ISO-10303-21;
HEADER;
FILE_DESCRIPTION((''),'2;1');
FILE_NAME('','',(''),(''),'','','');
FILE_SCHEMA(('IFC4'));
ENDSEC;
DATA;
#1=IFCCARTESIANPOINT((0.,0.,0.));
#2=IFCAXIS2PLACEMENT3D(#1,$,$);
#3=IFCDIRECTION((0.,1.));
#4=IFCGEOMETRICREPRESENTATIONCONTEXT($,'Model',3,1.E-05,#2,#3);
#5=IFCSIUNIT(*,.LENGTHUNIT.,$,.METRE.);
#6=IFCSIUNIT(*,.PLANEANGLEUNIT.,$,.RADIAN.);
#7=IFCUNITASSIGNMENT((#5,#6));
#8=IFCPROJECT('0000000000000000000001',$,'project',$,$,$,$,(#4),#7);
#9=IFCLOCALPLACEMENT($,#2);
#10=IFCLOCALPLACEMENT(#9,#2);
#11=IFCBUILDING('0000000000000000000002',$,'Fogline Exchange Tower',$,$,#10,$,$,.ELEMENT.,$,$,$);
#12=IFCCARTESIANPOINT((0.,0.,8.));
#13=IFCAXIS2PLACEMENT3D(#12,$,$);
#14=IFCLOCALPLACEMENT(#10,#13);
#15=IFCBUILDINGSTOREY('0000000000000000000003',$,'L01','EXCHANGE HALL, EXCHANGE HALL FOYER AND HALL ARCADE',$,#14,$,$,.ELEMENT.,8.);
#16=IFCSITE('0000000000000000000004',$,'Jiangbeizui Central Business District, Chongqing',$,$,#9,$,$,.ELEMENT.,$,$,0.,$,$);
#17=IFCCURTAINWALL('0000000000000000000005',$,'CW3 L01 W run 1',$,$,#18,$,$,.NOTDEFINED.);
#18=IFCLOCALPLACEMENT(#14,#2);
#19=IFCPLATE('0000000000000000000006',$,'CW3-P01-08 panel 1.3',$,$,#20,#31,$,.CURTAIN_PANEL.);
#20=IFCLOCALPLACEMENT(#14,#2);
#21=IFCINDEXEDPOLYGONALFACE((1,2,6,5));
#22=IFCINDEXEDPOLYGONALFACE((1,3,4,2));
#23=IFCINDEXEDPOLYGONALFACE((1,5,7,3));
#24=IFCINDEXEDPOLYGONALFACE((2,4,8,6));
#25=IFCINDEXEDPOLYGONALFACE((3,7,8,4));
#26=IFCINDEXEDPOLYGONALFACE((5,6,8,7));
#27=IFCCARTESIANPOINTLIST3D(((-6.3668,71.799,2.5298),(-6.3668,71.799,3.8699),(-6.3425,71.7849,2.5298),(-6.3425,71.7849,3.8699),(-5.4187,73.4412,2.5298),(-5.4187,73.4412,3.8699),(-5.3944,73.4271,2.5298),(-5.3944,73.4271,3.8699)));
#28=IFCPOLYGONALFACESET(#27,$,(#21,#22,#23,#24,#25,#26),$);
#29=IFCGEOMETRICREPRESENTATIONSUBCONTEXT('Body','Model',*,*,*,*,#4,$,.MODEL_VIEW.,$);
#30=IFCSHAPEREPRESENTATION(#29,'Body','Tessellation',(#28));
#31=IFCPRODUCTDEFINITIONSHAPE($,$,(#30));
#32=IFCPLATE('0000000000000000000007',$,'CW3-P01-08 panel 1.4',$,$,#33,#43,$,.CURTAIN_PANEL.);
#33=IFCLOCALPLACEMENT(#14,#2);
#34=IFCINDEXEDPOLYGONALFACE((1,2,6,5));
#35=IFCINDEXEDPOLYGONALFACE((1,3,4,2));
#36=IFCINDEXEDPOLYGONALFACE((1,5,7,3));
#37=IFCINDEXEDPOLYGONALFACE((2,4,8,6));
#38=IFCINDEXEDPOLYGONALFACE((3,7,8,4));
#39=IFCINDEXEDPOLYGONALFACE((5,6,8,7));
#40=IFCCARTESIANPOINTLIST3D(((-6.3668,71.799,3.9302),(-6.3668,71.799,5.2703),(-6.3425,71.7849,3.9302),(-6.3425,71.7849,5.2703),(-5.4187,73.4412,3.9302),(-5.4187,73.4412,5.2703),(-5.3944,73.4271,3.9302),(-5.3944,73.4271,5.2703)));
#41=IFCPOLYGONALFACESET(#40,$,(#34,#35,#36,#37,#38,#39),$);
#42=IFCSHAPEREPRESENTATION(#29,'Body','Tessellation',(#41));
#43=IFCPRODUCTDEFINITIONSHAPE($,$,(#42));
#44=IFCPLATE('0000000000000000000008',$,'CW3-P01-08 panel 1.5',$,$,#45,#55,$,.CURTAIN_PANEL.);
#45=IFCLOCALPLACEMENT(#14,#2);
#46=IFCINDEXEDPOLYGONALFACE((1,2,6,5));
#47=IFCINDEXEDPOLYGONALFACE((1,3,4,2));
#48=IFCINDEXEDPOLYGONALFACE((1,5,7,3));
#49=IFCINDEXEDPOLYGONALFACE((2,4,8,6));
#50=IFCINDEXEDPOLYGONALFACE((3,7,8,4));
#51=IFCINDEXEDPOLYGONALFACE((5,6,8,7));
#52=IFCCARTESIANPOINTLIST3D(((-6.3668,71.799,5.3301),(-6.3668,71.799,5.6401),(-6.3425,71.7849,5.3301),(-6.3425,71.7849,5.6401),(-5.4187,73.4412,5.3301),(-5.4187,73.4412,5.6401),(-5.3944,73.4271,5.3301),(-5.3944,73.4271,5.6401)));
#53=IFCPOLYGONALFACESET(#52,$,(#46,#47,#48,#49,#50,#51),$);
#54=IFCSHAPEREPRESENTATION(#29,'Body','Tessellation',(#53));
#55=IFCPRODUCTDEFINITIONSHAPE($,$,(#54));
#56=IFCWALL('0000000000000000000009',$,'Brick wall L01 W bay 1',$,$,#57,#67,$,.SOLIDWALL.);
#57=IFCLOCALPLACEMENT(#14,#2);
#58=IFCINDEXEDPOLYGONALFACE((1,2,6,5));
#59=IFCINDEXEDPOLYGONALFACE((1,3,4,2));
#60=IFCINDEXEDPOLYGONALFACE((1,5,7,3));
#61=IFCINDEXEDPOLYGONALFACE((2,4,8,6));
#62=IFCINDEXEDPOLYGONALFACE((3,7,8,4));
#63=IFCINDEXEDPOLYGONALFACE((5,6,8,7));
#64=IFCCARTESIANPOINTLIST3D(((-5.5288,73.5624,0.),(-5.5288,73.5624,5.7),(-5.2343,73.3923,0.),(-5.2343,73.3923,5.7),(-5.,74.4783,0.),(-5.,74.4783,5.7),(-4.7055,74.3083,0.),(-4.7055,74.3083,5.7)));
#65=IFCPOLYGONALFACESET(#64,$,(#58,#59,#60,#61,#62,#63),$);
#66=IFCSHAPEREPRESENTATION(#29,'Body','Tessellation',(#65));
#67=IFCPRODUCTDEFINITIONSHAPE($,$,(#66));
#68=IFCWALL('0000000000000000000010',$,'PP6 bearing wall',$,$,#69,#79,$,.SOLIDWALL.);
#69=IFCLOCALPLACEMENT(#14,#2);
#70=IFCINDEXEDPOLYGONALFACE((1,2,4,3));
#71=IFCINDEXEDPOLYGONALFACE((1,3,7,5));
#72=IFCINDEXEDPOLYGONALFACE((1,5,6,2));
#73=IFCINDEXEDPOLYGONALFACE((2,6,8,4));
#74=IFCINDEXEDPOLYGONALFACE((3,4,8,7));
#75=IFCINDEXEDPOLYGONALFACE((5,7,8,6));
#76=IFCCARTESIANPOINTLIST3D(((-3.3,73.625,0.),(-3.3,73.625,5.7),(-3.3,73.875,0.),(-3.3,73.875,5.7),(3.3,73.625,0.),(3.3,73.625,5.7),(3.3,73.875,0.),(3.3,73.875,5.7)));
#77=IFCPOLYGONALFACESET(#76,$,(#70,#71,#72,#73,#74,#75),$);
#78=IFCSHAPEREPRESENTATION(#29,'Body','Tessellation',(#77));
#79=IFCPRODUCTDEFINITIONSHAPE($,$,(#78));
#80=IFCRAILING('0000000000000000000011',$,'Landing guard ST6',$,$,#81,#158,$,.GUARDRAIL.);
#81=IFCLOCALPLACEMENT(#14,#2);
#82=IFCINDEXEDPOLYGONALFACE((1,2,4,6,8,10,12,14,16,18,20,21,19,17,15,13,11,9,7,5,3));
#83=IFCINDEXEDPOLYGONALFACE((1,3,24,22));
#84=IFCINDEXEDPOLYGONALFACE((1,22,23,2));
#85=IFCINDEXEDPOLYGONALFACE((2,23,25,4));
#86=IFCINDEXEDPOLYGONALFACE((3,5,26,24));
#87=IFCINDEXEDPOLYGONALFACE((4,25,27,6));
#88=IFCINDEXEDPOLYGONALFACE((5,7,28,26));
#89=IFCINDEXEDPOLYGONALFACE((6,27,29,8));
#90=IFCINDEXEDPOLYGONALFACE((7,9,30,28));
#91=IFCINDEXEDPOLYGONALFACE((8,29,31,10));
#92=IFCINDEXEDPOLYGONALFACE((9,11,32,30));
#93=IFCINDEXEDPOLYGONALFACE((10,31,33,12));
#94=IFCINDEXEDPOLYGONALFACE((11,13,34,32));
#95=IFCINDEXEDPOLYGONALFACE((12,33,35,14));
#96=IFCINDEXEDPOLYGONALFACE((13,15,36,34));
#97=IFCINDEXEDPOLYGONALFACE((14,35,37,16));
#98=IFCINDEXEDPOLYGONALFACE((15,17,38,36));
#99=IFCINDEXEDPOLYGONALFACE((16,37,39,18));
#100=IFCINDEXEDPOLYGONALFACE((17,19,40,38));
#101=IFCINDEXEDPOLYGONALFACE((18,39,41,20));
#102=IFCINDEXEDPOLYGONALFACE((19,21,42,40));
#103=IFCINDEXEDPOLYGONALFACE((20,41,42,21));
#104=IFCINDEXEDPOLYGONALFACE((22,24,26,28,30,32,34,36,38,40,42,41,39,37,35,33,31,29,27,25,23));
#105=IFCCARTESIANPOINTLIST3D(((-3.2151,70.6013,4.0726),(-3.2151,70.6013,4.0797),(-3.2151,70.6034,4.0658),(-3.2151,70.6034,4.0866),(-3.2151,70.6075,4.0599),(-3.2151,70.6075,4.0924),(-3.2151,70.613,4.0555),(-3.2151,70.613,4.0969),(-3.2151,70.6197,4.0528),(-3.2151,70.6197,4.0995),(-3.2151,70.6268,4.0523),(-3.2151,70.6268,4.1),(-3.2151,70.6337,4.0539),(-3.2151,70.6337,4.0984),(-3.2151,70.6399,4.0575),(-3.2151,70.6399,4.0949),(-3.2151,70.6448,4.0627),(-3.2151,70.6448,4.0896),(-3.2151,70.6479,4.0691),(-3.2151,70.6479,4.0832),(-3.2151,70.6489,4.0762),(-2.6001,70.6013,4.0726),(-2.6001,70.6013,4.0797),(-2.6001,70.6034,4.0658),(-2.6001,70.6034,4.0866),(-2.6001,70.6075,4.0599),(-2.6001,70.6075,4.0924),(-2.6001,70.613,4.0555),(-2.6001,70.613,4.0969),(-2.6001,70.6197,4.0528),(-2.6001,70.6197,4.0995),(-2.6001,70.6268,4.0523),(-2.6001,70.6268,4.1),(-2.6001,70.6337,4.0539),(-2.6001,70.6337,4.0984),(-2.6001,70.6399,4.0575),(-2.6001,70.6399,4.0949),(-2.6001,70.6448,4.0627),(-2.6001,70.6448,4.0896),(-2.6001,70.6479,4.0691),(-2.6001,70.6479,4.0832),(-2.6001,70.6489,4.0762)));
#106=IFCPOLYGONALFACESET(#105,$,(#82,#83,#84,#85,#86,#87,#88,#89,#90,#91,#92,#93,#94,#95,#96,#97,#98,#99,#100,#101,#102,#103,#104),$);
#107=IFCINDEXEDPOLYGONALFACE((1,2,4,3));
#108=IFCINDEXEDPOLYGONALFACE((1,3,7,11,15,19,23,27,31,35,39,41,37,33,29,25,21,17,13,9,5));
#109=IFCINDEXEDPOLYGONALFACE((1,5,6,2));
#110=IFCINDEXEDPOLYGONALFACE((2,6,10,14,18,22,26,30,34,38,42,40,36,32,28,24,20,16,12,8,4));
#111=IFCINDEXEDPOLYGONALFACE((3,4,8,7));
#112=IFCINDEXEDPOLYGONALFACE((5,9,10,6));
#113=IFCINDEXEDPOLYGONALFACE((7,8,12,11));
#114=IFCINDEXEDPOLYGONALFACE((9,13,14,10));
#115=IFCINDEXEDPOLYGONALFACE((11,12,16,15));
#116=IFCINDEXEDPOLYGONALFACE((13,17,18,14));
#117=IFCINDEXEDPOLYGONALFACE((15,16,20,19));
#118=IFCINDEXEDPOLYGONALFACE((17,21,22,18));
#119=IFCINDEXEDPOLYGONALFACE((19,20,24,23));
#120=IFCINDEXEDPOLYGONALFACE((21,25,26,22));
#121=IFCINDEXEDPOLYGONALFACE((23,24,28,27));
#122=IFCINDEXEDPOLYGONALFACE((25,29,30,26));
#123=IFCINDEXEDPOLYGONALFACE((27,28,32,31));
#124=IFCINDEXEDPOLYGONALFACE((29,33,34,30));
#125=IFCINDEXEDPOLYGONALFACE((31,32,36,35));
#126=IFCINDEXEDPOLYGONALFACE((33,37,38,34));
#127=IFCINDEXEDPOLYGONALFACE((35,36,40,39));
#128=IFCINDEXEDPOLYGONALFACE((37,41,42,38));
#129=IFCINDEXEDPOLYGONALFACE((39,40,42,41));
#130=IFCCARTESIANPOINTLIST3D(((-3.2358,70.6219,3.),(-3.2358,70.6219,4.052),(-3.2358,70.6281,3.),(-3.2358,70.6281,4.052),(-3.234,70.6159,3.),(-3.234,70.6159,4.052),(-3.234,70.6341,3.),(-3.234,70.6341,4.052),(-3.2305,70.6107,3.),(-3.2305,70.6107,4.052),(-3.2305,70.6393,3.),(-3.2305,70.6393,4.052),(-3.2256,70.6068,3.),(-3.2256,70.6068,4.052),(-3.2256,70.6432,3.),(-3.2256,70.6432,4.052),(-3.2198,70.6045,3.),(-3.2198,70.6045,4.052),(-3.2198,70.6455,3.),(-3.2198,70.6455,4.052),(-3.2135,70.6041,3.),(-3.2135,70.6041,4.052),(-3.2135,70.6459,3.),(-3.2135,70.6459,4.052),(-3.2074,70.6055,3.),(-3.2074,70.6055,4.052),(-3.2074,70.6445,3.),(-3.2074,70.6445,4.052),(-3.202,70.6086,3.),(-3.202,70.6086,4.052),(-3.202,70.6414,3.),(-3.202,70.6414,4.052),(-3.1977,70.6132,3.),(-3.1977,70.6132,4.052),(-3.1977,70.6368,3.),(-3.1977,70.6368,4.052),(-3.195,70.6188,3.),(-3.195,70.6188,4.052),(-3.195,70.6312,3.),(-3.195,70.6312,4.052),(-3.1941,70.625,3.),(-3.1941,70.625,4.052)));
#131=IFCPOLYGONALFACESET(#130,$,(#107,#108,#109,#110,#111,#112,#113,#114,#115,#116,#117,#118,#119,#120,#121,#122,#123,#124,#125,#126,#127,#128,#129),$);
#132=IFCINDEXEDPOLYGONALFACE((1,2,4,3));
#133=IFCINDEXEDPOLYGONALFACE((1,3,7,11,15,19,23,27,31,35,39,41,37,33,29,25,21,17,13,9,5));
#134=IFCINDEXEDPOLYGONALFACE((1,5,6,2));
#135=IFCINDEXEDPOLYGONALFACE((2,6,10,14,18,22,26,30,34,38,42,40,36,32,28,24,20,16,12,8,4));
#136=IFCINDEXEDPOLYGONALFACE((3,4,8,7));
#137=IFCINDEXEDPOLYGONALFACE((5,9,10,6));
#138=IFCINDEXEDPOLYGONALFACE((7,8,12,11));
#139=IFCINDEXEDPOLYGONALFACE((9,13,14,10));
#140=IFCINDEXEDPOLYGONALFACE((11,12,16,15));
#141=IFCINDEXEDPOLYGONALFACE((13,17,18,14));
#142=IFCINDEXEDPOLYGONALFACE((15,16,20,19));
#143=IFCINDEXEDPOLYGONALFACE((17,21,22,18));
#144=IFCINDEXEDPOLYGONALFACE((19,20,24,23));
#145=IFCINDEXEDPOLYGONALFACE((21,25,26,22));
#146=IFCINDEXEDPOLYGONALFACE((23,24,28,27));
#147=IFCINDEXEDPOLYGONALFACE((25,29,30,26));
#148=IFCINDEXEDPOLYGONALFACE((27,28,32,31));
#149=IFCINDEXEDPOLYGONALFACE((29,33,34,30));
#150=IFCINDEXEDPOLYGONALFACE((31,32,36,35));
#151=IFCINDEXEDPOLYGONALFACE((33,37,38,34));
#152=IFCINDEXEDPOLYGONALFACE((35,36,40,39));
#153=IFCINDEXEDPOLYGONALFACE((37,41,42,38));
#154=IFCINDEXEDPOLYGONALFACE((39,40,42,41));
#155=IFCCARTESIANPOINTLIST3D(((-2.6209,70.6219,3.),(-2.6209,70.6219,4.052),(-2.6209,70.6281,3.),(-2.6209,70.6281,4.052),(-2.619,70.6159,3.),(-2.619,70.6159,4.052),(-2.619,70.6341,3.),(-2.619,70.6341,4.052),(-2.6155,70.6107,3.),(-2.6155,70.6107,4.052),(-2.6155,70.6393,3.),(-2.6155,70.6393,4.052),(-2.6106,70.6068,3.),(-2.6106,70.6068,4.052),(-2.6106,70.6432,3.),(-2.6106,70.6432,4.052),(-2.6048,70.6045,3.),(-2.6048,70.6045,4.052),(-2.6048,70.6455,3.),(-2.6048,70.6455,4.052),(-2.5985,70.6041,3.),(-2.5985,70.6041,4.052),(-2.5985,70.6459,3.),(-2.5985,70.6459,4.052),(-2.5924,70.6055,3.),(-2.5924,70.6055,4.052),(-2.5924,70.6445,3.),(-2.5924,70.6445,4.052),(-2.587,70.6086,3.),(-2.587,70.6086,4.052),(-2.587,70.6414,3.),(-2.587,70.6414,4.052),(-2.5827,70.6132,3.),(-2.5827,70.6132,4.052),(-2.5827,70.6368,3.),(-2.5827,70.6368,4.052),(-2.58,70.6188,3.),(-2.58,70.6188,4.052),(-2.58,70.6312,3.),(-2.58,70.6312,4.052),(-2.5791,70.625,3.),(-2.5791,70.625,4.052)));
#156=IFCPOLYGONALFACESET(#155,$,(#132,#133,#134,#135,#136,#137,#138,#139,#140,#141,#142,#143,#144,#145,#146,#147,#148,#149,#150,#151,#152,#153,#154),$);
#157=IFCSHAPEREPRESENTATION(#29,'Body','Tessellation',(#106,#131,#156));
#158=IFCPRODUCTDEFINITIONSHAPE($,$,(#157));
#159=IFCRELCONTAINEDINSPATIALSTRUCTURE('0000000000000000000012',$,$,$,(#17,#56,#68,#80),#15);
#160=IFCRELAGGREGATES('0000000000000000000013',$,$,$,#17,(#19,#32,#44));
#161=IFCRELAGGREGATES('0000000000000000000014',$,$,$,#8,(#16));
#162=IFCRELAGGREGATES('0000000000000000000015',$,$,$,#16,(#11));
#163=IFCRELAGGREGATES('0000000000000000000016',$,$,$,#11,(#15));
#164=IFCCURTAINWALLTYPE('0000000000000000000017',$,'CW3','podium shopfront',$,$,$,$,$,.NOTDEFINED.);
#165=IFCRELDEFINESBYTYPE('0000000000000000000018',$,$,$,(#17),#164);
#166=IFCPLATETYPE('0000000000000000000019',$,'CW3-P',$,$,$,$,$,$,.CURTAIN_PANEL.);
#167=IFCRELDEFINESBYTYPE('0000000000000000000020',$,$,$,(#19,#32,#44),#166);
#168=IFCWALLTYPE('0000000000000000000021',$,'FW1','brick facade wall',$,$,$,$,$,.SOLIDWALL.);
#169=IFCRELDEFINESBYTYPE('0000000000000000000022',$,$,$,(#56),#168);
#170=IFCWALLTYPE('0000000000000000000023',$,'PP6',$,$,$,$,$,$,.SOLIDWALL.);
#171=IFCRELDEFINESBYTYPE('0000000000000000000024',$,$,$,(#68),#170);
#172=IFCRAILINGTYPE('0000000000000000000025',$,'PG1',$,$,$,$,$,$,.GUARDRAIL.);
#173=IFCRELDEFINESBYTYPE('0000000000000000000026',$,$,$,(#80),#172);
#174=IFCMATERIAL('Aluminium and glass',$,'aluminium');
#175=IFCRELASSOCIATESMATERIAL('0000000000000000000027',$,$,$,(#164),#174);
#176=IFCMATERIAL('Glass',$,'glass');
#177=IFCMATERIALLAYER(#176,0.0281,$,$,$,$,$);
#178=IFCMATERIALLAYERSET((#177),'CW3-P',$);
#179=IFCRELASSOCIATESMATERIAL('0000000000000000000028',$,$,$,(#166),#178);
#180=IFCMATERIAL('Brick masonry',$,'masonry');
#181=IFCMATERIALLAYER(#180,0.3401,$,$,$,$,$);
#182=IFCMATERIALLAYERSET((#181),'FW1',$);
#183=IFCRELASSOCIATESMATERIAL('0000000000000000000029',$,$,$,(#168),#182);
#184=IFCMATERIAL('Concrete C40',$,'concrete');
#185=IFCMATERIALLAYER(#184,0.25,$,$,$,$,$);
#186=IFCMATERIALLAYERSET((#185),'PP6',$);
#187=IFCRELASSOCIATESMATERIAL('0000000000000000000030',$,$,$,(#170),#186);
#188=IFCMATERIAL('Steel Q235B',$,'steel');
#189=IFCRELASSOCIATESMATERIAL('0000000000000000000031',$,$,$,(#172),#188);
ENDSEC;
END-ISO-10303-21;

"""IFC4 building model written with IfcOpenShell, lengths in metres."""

from ifc_helpers import new_model, si_unit, direction, frame, frame_2d, origin, origin_2d, place, context, subcontext, project, spatial, rectangle, circle, extrude, material, layer, layer_set, type_object, element, aggregate, save


model = new_model("IFC4")

# Units and contexts
model_context = context("Model", 3, precision=1e-05, world=origin(), true_north=direction((0.0, 1.0)))
body_context = subcontext(model_context, "Body", "Model", "MODEL_VIEW")
ifc_project = project(units=[si_unit("LENGTHUNIT", "METRE"), si_unit("PLANEANGLEUNIT", "RADIAN")], contexts=[model_context])

# Site, building, storey
site_placement = place(None, origin())
site = spatial("IfcSite", under=ifc_project, at=site_placement, Name="Jiangbeizui Central Business District, Chongqing", CompositionType="ELEMENT", RefElevation=0.0)
building_placement = place(site_placement, origin())
building = spatial("IfcBuilding", under=site, at=building_placement, Name="Fogline Exchange Tower", CompositionType="ELEMENT")
storey_placement = place(building_placement, frame((0.0, 0.0, 8.0)))
storey = spatial("IfcBuildingStorey", under=building, at=storey_placement, Name="L01", Description="EXCHANGE HALL, EXCHANGE HALL FOYER AND HALL ARCADE", CompositionType="ELEMENT", Elevation=8.0)

# Curtain wall, plates
ifc_material_1 = material(Name="Aluminium and glass", Category="aluminium")
curtain_wall_type = type_object("IfcCurtainWallType", Name="CW3", Description="podium shopfront", PredefinedType="NOTDEFINED", material=ifc_material_1)
curtain_wall_placement = place(storey_placement, origin())
curtain_wall = element("IfcCurtainWall", 1, at=curtain_wall_placement, inside=storey, type_object=curtain_wall_type, Name="CW3 L01 W run 1", PredefinedType="NOTDEFINED")
ifc_material_2 = material(Name="Glass", Category="glass")
ifc_layer_1 = layer(ifc_material_2, 0.0281)
ifc_layer_set_1 = layer_set([ifc_layer_1], Name="CW3-P")
plate_type = type_object("IfcPlateType", Name="CW3-P", PredefinedType="CURTAIN_PANEL", material=ifc_layer_set_1)
plate_1_placement = place(storey_placement, frame((-5.8806, 72.613, 2.5298), z_axis=(0.0, 0.0, 1.0), x_axis=(-0.5, -0.866025, 0.0)))
plate_1 = element("IfcPlate", 2, at=plate_1_placement, type_object=plate_type, Name="CW3-P01-08 panel 1.3", PredefinedType="CURTAIN_PANEL", context=body_context, shape_type="SweptSolid", body=[
    extrude(rectangle(XDim=1.8962, YDim=0.0281, at=origin_2d()), origin(), (0.0, 0.0, 1.0), 1.3401),
])
plate_2_placement = place(storey_placement, frame((-5.8806, 72.613, 3.9302), z_axis=(0.0, 0.0, 1.0), x_axis=(-0.5, -0.866025, 0.0)))
plate_2 = element("IfcPlate", 3, at=plate_2_placement, type_object=plate_type, Name="CW3-P01-08 panel 1.4", PredefinedType="CURTAIN_PANEL", context=body_context, shape_type="SweptSolid", body=[
    extrude(rectangle(XDim=1.8962, YDim=0.0281, at=origin_2d()), origin(), (0.0, 0.0, 1.0), 1.3401),
])
plate_3_placement = place(storey_placement, frame((-5.8806, 72.613, 5.3301), z_axis=(0.0, 0.0, 1.0), x_axis=(-0.5, -0.866025, 0.0)))
plate_3 = element("IfcPlate", 4, at=plate_3_placement, type_object=plate_type, Name="CW3-P01-08 panel 1.5", PredefinedType="CURTAIN_PANEL", context=body_context, shape_type="SweptSolid", body=[
    extrude(rectangle(XDim=1.8962, YDim=0.0281, at=origin_2d()), origin(), (0.0, 0.0, 1.0), 0.3101),
])
aggregate(curtain_wall, [plate_1, plate_2, plate_3])

# Walls
ifc_material_3 = material(Name="Brick masonry", Category="masonry")
ifc_layer_2 = layer(ifc_material_3, 0.3401)
ifc_layer_set_2 = layer_set([ifc_layer_2], Name="FW1")
wall_type_1 = type_object("IfcWallType", Name="FW1", Description="brick facade wall", PredefinedType="SOLIDWALL", material=ifc_layer_set_2)
wall_1_placement = place(storey_placement, frame((-4.8528, 74.3933, 0.0), z_axis=(0.0, 0.0, 1.0), x_axis=(-0.499962, -0.866047, 0.0)))
element("IfcWall", 5, at=wall_1_placement, inside=storey, type_object=wall_type_1, Name="Brick wall L01 W bay 1", PredefinedType="SOLIDWALL", context=body_context, shape_type="SweptSolid", body=[
    extrude(rectangle(XDim=1.0576, YDim=0.3401, at=frame_2d((0.5288, 0.0))), origin(), (0.0, 0.0, 1.0), 5.7),
])
ifc_material_4 = material(Name="Concrete C40", Category="concrete")
ifc_layer_3 = layer(ifc_material_4, 0.25)
ifc_layer_set_3 = layer_set([ifc_layer_3], Name="PP6")
wall_type_2 = type_object("IfcWallType", Name="PP6", PredefinedType="SOLIDWALL", material=ifc_layer_set_3)
wall_2_placement = place(storey_placement, frame((-3.3, 73.75, 0.0), z_axis=(0.0, 0.0, 1.0), x_axis=(1.0, 0.0, 0.0)))
element("IfcWall", 6, at=wall_2_placement, inside=storey, type_object=wall_type_2, Name="PP6 bearing wall", PredefinedType="SOLIDWALL", context=body_context, shape_type="SweptSolid", body=[
    extrude(rectangle(XDim=6.6001, YDim=0.25, at=frame_2d((3.3, 0.0))), origin(), (0.0, 0.0, 1.0), 5.7),
])

# Railing
ifc_material_5 = material(Name="Steel Q235B", Category="steel")
railing_type = type_object("IfcRailingType", Name="PG1", PredefinedType="GUARDRAIL", material=ifc_material_5)
railing_1_placement = place(storey_placement, frame((-3.2151, 70.625, 3.0)))
element("IfcRailing", 7, at=railing_1_placement, inside=storey, type_object=railing_type, Name="Landing guard ST6", PredefinedType="GUARDRAIL", context=body_context, shape_type="SweptSolid", body=[
    extrude(circle(Radius=0.0239, at=origin_2d()), frame((0.0, 0.0, 1.0762), z_axis=(1.0, 0.0, 0.0), x_axis=(0.0, 1.0, 0.0)), (0.0, 0.0, 1.0), 0.615),
    extrude(circle(Radius=0.021, at=origin_2d()), origin(), (0.0, 0.0, 1.0), 1.052),
    extrude(circle(Radius=0.021, at=origin_2d()), frame((0.615, 0.0, 0.0)), (0.0, 0.0, 1.0), 1.052),
])

save(model, "model.ifc")
